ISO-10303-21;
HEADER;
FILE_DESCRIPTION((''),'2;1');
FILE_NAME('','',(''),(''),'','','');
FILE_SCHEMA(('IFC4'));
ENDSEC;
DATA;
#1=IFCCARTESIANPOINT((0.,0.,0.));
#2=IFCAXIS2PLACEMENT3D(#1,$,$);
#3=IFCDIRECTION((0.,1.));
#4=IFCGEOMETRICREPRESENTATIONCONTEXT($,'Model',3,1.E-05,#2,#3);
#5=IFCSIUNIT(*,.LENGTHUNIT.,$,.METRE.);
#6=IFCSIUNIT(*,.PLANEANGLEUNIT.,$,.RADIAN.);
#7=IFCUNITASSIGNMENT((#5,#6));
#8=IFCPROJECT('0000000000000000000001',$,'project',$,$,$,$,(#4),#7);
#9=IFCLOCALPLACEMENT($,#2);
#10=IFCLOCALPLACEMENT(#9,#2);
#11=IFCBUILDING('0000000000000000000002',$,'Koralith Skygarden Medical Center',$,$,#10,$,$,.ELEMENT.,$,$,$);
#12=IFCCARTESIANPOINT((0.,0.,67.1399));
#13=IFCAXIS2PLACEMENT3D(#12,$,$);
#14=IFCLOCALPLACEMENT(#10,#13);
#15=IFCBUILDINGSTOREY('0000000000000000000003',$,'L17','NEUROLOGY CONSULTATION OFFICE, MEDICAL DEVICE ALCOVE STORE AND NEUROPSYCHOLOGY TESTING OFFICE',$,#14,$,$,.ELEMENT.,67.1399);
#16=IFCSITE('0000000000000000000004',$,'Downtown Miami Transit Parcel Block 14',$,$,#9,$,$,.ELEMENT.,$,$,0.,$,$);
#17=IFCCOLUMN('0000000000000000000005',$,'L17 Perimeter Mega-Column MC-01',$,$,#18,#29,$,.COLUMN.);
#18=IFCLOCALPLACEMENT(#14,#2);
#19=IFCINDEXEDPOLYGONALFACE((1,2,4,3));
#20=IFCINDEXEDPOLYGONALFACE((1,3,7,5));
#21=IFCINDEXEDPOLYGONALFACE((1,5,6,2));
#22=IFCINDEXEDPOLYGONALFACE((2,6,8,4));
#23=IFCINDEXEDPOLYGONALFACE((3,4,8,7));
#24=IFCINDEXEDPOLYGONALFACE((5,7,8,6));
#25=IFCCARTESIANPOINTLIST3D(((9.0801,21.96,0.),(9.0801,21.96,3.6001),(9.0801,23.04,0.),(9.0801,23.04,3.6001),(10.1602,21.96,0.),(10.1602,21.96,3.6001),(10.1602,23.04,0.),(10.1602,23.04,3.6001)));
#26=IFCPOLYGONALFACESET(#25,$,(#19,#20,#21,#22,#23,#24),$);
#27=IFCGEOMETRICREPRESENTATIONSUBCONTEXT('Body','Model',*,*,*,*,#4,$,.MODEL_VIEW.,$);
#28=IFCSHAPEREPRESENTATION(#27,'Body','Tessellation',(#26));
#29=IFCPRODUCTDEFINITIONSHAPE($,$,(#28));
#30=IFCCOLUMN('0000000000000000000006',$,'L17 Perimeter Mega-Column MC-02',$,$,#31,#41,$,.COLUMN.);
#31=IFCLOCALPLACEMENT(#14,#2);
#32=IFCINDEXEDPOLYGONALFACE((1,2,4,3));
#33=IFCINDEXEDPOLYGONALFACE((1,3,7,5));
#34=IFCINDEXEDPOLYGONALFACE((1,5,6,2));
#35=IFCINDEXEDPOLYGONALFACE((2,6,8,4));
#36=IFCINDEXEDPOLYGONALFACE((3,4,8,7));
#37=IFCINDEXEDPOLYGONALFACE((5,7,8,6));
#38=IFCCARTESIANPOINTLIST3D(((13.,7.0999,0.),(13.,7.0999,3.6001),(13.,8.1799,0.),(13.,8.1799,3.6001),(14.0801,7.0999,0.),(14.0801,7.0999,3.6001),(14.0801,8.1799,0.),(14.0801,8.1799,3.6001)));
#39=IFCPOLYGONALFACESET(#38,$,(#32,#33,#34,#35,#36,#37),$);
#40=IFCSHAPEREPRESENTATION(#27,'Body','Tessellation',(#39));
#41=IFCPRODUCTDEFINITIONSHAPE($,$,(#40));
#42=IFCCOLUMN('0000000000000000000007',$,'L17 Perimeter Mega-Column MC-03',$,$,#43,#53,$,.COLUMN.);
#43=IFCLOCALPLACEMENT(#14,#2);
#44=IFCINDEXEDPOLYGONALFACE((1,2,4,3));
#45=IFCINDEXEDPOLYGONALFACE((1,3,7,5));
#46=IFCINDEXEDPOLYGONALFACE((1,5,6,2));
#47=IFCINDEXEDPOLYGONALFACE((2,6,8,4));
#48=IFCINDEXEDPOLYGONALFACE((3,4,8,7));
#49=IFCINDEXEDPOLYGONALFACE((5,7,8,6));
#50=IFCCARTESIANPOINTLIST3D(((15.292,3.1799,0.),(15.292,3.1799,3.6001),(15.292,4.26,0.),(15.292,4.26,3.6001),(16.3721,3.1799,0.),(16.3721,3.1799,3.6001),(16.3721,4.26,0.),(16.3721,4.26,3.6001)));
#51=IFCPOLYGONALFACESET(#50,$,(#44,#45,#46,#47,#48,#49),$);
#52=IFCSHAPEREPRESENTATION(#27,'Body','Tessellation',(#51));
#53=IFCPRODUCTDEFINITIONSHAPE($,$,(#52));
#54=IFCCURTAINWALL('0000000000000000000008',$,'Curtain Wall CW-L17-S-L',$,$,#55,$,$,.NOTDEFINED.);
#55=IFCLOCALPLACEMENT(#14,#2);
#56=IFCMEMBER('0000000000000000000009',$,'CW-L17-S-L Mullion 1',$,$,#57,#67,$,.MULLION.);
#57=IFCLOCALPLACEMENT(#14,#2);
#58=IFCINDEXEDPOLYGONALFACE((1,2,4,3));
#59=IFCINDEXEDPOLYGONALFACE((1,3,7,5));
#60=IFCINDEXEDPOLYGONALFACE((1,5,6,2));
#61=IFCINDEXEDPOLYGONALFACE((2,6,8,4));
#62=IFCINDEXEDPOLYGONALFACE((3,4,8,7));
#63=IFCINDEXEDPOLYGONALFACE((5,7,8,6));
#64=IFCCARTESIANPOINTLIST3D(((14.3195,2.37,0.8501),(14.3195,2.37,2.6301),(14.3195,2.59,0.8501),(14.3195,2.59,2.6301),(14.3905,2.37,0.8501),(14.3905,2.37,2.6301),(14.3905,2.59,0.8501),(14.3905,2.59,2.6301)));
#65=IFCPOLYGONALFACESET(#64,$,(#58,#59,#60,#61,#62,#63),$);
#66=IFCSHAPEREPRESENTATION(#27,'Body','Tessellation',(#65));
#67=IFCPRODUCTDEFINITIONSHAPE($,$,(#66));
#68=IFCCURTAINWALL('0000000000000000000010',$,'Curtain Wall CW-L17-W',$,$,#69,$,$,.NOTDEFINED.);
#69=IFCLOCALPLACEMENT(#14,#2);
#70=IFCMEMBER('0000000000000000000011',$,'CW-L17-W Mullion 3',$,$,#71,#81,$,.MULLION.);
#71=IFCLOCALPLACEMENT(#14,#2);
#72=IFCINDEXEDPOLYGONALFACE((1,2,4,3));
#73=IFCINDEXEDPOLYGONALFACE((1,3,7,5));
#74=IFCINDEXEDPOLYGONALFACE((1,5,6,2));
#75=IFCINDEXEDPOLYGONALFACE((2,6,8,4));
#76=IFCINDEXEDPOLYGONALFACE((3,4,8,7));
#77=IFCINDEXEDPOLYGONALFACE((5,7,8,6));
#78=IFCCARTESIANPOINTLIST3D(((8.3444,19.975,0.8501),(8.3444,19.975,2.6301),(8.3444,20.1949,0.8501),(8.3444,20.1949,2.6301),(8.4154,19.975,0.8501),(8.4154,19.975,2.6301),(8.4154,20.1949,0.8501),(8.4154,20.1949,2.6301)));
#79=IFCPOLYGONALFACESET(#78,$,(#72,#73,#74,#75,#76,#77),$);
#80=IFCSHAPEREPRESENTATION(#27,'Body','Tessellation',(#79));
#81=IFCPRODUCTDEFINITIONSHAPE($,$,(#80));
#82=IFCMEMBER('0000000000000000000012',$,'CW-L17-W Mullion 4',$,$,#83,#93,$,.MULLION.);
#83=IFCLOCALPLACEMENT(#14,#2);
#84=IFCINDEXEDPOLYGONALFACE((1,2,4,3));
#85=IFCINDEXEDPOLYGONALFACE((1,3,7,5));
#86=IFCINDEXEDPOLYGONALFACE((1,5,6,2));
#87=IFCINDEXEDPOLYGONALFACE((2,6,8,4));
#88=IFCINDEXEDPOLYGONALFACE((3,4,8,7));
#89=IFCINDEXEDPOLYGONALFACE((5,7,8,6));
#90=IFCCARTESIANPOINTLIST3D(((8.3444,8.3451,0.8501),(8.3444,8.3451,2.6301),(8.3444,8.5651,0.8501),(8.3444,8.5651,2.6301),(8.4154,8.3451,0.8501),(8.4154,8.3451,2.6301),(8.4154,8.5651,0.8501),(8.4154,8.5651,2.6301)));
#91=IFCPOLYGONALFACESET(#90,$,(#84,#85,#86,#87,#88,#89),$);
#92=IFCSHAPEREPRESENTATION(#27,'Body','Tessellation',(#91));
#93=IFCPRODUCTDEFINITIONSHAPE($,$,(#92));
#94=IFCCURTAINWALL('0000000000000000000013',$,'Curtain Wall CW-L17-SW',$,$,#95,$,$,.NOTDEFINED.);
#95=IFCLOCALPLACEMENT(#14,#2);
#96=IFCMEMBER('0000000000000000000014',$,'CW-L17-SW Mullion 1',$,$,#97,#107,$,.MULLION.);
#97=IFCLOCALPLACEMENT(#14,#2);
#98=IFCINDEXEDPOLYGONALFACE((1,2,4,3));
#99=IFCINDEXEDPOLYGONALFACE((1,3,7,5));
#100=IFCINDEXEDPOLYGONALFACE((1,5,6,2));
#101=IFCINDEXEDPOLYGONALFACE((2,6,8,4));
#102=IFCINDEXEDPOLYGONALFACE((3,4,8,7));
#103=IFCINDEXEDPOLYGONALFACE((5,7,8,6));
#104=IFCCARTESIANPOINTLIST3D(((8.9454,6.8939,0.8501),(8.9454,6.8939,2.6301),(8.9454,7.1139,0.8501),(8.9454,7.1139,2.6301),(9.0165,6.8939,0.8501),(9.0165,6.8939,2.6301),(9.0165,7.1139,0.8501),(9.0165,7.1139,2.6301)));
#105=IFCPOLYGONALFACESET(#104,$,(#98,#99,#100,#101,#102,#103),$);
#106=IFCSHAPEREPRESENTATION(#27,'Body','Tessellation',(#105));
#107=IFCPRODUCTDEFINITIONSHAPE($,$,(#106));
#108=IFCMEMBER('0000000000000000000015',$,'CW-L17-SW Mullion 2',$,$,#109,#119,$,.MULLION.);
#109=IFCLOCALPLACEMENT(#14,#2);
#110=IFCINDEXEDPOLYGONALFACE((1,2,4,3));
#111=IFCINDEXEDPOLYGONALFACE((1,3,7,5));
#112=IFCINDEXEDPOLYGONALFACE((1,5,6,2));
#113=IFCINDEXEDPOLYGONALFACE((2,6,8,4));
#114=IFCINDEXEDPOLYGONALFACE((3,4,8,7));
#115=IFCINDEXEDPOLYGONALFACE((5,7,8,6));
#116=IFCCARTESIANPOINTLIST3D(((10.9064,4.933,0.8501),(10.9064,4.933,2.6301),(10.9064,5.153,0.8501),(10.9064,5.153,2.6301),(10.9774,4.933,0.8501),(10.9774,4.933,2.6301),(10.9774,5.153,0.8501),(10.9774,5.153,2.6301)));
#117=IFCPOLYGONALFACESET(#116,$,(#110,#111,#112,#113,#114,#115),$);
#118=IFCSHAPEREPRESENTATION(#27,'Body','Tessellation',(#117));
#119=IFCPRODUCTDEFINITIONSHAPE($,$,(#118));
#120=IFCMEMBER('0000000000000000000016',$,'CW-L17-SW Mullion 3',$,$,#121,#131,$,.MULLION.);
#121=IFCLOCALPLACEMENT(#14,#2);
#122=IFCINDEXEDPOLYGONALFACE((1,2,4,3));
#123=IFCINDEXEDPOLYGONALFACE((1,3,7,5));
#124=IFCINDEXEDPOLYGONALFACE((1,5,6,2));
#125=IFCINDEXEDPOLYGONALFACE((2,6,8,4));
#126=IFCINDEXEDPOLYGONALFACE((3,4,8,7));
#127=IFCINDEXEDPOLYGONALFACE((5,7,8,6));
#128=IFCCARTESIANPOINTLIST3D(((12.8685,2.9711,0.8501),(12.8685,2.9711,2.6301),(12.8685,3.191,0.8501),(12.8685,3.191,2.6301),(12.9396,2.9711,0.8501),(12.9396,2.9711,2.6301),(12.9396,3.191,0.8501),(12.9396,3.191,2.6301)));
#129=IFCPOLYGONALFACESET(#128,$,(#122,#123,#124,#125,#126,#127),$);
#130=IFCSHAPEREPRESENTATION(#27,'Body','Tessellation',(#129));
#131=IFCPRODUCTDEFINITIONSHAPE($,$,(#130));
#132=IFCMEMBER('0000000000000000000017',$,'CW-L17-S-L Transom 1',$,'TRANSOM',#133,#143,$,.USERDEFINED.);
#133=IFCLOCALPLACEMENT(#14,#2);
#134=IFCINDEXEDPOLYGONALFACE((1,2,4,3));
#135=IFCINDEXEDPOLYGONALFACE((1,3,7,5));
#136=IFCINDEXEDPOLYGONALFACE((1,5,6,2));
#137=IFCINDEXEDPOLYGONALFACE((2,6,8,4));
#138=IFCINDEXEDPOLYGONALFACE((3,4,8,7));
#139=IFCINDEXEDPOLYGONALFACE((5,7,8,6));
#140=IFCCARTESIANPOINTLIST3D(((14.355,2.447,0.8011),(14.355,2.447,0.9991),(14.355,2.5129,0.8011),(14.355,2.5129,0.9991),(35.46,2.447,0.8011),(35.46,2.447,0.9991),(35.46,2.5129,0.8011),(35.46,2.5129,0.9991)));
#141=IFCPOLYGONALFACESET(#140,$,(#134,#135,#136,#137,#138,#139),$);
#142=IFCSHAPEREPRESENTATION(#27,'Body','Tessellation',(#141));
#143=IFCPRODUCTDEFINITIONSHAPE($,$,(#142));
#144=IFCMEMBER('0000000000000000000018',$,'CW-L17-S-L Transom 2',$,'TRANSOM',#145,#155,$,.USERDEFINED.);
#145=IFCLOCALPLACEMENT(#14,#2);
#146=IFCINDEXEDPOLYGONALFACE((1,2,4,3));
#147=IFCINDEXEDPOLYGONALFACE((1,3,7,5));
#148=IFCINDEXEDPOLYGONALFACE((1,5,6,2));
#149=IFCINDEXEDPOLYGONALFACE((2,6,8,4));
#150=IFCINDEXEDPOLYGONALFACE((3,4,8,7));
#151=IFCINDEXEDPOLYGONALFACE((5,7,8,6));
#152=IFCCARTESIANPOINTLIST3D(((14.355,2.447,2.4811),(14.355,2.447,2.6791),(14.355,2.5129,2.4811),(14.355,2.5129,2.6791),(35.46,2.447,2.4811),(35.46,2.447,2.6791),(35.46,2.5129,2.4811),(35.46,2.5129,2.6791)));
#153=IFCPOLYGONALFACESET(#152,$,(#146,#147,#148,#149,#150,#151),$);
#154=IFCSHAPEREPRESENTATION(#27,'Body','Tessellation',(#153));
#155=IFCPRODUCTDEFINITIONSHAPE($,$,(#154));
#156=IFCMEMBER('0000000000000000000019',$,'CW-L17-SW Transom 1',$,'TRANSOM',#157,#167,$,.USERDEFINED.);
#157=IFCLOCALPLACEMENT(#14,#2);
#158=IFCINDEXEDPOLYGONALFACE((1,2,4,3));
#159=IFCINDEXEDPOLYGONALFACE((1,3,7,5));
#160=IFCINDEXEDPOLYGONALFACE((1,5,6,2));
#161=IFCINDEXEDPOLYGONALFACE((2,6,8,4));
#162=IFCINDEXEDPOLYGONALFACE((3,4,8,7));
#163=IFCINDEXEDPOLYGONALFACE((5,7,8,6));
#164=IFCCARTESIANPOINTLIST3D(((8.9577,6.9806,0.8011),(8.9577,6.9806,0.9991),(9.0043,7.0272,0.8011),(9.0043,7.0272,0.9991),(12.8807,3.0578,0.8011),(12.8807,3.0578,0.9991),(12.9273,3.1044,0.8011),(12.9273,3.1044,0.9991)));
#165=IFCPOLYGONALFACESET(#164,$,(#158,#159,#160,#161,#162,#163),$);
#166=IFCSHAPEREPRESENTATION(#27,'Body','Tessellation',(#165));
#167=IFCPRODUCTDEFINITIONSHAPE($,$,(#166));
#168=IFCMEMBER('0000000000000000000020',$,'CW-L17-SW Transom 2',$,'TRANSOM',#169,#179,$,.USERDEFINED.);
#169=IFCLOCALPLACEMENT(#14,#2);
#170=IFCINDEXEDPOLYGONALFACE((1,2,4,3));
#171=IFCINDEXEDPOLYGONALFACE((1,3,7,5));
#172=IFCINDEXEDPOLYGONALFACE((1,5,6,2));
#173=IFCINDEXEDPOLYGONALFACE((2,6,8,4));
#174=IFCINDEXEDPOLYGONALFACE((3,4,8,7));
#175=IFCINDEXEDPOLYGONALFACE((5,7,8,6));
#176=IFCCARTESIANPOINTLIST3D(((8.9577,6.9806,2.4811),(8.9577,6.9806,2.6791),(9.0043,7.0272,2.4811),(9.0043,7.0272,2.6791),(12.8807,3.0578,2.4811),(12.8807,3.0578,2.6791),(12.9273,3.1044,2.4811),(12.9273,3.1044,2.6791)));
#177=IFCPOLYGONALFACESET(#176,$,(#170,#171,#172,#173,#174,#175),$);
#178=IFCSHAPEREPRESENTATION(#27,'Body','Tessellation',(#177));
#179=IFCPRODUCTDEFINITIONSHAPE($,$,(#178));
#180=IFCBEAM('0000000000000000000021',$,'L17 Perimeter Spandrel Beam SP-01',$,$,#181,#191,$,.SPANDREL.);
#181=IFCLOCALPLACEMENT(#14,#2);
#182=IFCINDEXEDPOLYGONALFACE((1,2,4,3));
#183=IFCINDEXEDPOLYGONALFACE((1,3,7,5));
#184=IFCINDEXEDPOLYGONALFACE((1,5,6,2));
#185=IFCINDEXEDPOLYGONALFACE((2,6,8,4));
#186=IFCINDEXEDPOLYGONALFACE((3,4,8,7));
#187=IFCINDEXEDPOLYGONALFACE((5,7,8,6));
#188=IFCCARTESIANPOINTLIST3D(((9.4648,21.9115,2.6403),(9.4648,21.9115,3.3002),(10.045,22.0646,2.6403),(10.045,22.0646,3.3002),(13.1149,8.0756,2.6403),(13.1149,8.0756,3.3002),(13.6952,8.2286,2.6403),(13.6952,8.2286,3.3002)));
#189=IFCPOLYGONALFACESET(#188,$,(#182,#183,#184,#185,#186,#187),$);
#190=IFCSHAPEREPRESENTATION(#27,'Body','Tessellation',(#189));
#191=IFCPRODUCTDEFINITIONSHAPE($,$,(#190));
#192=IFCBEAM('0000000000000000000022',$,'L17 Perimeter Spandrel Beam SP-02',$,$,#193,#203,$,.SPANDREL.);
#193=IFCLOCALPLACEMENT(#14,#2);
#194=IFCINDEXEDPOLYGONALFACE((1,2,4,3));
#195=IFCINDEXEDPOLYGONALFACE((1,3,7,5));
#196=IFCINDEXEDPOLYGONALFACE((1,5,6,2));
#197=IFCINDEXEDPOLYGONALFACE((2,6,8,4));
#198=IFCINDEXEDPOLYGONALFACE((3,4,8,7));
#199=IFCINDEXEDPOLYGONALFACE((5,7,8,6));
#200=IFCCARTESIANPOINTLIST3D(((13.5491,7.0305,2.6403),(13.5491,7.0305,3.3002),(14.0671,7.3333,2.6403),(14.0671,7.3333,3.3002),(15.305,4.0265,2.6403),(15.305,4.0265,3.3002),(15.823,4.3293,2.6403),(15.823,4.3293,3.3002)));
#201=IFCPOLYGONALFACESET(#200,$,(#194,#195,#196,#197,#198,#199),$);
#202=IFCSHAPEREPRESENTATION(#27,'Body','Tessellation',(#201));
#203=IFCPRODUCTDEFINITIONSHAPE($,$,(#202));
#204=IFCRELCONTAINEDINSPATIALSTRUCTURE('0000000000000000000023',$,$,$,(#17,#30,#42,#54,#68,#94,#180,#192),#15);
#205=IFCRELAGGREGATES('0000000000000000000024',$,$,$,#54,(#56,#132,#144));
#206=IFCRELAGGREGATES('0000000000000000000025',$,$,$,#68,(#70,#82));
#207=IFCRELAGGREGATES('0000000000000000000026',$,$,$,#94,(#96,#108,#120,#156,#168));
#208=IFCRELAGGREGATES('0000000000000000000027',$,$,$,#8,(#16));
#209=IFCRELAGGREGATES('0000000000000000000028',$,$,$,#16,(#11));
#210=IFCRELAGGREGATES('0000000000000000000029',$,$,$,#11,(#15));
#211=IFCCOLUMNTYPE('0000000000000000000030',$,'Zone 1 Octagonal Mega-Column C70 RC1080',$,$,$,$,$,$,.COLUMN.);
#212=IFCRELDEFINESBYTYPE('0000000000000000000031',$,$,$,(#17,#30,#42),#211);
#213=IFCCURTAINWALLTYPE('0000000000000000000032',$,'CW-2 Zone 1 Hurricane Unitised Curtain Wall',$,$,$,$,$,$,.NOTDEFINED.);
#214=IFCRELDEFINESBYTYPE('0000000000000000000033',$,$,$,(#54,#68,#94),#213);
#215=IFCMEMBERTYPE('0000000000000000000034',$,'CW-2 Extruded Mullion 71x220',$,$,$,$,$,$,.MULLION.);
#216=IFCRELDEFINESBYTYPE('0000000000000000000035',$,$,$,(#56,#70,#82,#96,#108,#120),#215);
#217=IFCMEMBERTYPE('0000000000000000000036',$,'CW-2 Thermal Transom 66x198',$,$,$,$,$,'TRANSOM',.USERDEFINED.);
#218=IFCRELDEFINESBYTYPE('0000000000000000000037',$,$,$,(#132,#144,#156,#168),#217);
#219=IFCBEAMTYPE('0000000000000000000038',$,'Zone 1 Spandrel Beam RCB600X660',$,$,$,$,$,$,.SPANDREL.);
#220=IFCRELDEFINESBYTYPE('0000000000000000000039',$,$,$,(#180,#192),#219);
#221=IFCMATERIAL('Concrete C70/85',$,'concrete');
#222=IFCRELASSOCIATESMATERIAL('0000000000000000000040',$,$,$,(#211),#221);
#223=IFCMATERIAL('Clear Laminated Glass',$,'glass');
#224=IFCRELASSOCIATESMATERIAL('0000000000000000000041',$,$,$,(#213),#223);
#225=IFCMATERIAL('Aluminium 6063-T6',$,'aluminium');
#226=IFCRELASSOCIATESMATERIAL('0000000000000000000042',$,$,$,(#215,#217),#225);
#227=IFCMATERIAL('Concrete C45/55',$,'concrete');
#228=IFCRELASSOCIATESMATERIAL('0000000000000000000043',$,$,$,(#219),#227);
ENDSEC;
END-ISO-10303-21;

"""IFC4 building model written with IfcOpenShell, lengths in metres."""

from ifc_helpers import new_model, si_unit, direction, frame, origin, origin_2d, place, context, subcontext, project, spatial, rectangle, extrude, material, material_profile, profile_set, type_object, element, aggregate, save


model = new_model("IFC4")

# Units and contexts
model_context = context("Model", 3, precision=1e-05, world=origin(), true_north=direction((0.0, 1.0)))
body_context = subcontext(model_context, "Body", "Model", "MODEL_VIEW")
ifc_project = project(units=[si_unit("LENGTHUNIT", "METRE"), si_unit("PLANEANGLEUNIT", "RADIAN")], contexts=[model_context])

# Site, building, storey
site_placement = place(None, origin())
site = spatial("IfcSite", under=ifc_project, at=site_placement, Name="Downtown Miami Transit Parcel Block 14", CompositionType="ELEMENT", RefElevation=0.0)
building_placement = place(site_placement, origin())
building = spatial("IfcBuilding", under=site, at=building_placement, Name="Koralith Skygarden Medical Center", CompositionType="ELEMENT")
storey_placement = place(building_placement, frame((0.0, 0.0, 67.1399)))
storey = spatial("IfcBuildingStorey", under=building, at=storey_placement, Name="L17", Description="NEUROLOGY CONSULTATION OFFICE, MEDICAL DEVICE ALCOVE STORE AND NEUROPSYCHOLOGY TESTING OFFICE", CompositionType="ELEMENT", Elevation=67.1399)

# Columns
ifc_material_1 = material(Name="Concrete C70/85", Category="concrete")
ifc_material_profile_1 = material_profile(ifc_material_1, rectangle(XDim=1.0801, YDim=1.0801, at=origin_2d()), Name="RC1080X1080")
ifc_profile_set_1 = profile_set([ifc_material_profile_1], Name="Concrete C70/85")
column_type = type_object("IfcColumnType", Name="Zone 1 Octagonal Mega-Column C70 RC1080", PredefinedType="COLUMN", material=ifc_profile_set_1)
for number, where, z_axis, x_axis, name in (
    (1, (9.6201, 22.5, 0.0), (0.0, 0.0, 1.0), (1.0, 0.0, 0.0), "L17 Perimeter Mega-Column MC-01"),
    (2, (13.54, 7.6399, 0.0), (0.0, 0.0, 1.0), (1.0, 0.0, 0.0), "L17 Perimeter Mega-Column MC-02"),
    (3, (15.832, 3.72, 0.0), (0.0, 0.0, 1.0), (1.0, 0.0, 0.0), "L17 Perimeter Mega-Column MC-03"),
):
    element("IfcColumn", number, at=place(storey_placement, frame(where, z_axis=z_axis, x_axis=x_axis)), inside=storey, type_object=column_type, Name=name, PredefinedType="COLUMN", context=body_context, shape_type="SweptSolid", body=[
        extrude(rectangle(XDim=1.0801, YDim=1.0801, at=origin_2d()), origin(), (0.0, 0.0, 1.0), 3.6001),
    ])

# Curtain wall, member
ifc_material_2 = material(Name="Clear Laminated Glass", Category="glass")
curtain_wall_type = type_object("IfcCurtainWallType", Name="CW-2 Zone 1 Hurricane Unitised Curtain Wall", PredefinedType="NOTDEFINED", material=ifc_material_2)
curtain_wall_1_placement = place(storey_placement, origin())
curtain_wall_1 = element("IfcCurtainWall", 4, at=curtain_wall_1_placement, inside=storey, type_object=curtain_wall_type, Name="Curtain Wall CW-L17-S-L", PredefinedType="NOTDEFINED")
ifc_material_3 = material(Name="Aluminium 6063-T6", Category="aluminium")
ifc_material_profile_2 = material_profile(ifc_material_3, rectangle(XDim=0.071, YDim=0.22, at=origin_2d()), Name="MUL71X220")
ifc_profile_set_2 = profile_set([ifc_material_profile_2], Name="Aluminium 6063-T6")
member_type_1 = type_object("IfcMemberType", Name="CW-2 Extruded Mullion 71x220", PredefinedType="MULLION", material=ifc_profile_set_2)
member_1_placement = place(storey_placement, frame((14.355, 2.48, 0.8501), z_axis=(0.0, 0.0, 1.0), x_axis=(1.0, 0.0, 0.0)))
member_1 = element("IfcMember", 5, at=member_1_placement, type_object=member_type_1, Name="CW-L17-S-L Mullion 1", PredefinedType="MULLION", context=body_context, shape_type="SweptSolid", body=[
    extrude(rectangle(XDim=0.071, YDim=0.22, at=origin_2d()), origin(), (0.0, 0.0, 1.0), 1.78),
])

# Curtain walls, members
curtain_wall_2_placement = place(storey_placement, origin())
curtain_wall_2 = element("IfcCurtainWall", 6, at=curtain_wall_2_placement, inside=storey, type_object=curtain_wall_type, Name="Curtain Wall CW-L17-W", PredefinedType="NOTDEFINED")
member_2_placement = place(storey_placement, frame((8.3799, 20.085, 0.8501), z_axis=(0.0, 0.0, 1.0), x_axis=(1.0, 0.0, 0.0)))
member_2 = element("IfcMember", 7, at=member_2_placement, type_object=member_type_1, Name="CW-L17-W Mullion 3", PredefinedType="MULLION", context=body_context, shape_type="SweptSolid", body=[
    extrude(rectangle(XDim=0.071, YDim=0.22, at=origin_2d()), origin(), (0.0, 0.0, 1.0), 1.78),
])
member_3_placement = place(storey_placement, frame((8.3799, 8.4551, 0.8501), z_axis=(0.0, 0.0, 1.0), x_axis=(1.0, 0.0, 0.0)))
member_3 = element("IfcMember", 8, at=member_3_placement, type_object=member_type_1, Name="CW-L17-W Mullion 4", PredefinedType="MULLION", context=body_context, shape_type="SweptSolid", body=[
    extrude(rectangle(XDim=0.071, YDim=0.22, at=origin_2d()), origin(), (0.0, 0.0, 1.0), 1.78),
])
curtain_wall_3_placement = place(storey_placement, origin())
curtain_wall_3 = element("IfcCurtainWall", 9, at=curtain_wall_3_placement, inside=storey, type_object=curtain_wall_type, Name="Curtain Wall CW-L17-SW", PredefinedType="NOTDEFINED")
member_4_placement = place(storey_placement, frame((8.981, 7.0039, 0.8501), z_axis=(0.0, 0.0, 1.0), x_axis=(1.0, 0.0, 0.0)))
member_4 = element("IfcMember", 10, at=member_4_placement, type_object=member_type_1, Name="CW-L17-SW Mullion 1", PredefinedType="MULLION", context=body_context, shape_type="SweptSolid", body=[
    extrude(rectangle(XDim=0.071, YDim=0.22, at=origin_2d()), origin(), (0.0, 0.0, 1.0), 1.78),
])
member_5_placement = place(storey_placement, frame((10.9419, 5.043, 0.8501), z_axis=(0.0, 0.0, 1.0), x_axis=(1.0, 0.0, 0.0)))
member_5 = element("IfcMember", 11, at=member_5_placement, type_object=member_type_1, Name="CW-L17-SW Mullion 2", PredefinedType="MULLION", context=body_context, shape_type="SweptSolid", body=[
    extrude(rectangle(XDim=0.071, YDim=0.22, at=origin_2d()), origin(), (0.0, 0.0, 1.0), 1.78),
])
member_6_placement = place(storey_placement, frame((12.9041, 3.0811, 0.8501), z_axis=(0.0, 0.0, 1.0), x_axis=(1.0, 0.0, 0.0)))
member_6 = element("IfcMember", 12, at=member_6_placement, type_object=member_type_1, Name="CW-L17-SW Mullion 3", PredefinedType="MULLION", context=body_context, shape_type="SweptSolid", body=[
    extrude(rectangle(XDim=0.071, YDim=0.22, at=origin_2d()), origin(), (0.0, 0.0, 1.0), 1.78),
])

# Members
ifc_material_profile_3 = material_profile(ifc_material_3, rectangle(XDim=0.0659, YDim=0.198, at=origin_2d()), Name="TRN66X198")
ifc_profile_set_3 = profile_set([ifc_material_profile_3], Name="Aluminium 6063-T6")
member_type_2 = type_object("IfcMemberType", Name="CW-2 Thermal Transom 66x198", ElementType="TRANSOM", PredefinedType="USERDEFINED", material=ifc_profile_set_3)
member_7_placement = place(storey_placement, frame((14.355, 2.48, 0.9001), z_axis=(1.0, 0.0, 0.0), x_axis=(0.0, 1.0, 0.0)))
member_7 = element("IfcMember", 13, at=member_7_placement, type_object=member_type_2, Name="CW-L17-S-L Transom 1", ObjectType="TRANSOM", PredefinedType="USERDEFINED", context=body_context, shape_type="SweptSolid", body=[
    extrude(rectangle(XDim=0.0659, YDim=0.198, at=origin_2d()), origin(), (0.0, 0.0, 1.0), 21.105),
])
member_8_placement = place(storey_placement, frame((14.355, 2.48, 2.5801), z_axis=(1.0, 0.0, 0.0), x_axis=(0.0, 1.0, 0.0)))
member_8 = element("IfcMember", 14, at=member_8_placement, type_object=member_type_2, Name="CW-L17-S-L Transom 2", ObjectType="TRANSOM", PredefinedType="USERDEFINED", context=body_context, shape_type="SweptSolid", body=[
    extrude(rectangle(XDim=0.0659, YDim=0.198, at=origin_2d()), origin(), (0.0, 0.0, 1.0), 21.105),
])
aggregate(curtain_wall_1, [member_1, member_7, member_8])
member_9_placement = place(storey_placement, frame((8.981, 7.0039, 0.9001), z_axis=(0.707129, -0.707085, 0.0), x_axis=(0.707085, 0.707129, 0.0)))
member_9 = element("IfcMember", 15, at=member_9_placement, type_object=member_type_2, Name="CW-L17-SW Transom 1", ObjectType="TRANSOM", PredefinedType="USERDEFINED", context=body_context, shape_type="SweptSolid", body=[
    extrude(rectangle(XDim=0.0659, YDim=0.198, at=origin_2d()), origin(), (0.0, 0.0, 1.0), 5.5479),
])
member_10_placement = place(storey_placement, frame((8.981, 7.0039, 2.5801), z_axis=(0.707129, -0.707085, 0.0), x_axis=(0.707085, 0.707129, 0.0)))
member_10 = element("IfcMember", 16, at=member_10_placement, type_object=member_type_2, Name="CW-L17-SW Transom 2", ObjectType="TRANSOM", PredefinedType="USERDEFINED", context=body_context, shape_type="SweptSolid", body=[
    extrude(rectangle(XDim=0.0659, YDim=0.198, at=origin_2d()), origin(), (0.0, 0.0, 1.0), 5.5479),
])

# Beams
ifc_material_4 = material(Name="Concrete C45/55", Category="concrete")
ifc_material_profile_4 = material_profile(ifc_material_4, rectangle(XDim=0.6001, YDim=0.6599, at=origin_2d()), Name="RCB600X660")
ifc_profile_set_4 = profile_set([ifc_material_profile_4], Name="Concrete C45/55")
beam_type = type_object("IfcBeamType", Name="Zone 1 Spandrel Beam RCB600X660", PredefinedType="SPANDREL", material=ifc_profile_set_4)
beam_1_placement = place(storey_placement, frame((9.7549, 21.988, 2.9702), z_axis=(0.255089, -0.966918, 0.0), x_axis=(0.966918, 0.255089, 0.0)))
element("IfcBeam", 17, at=beam_1_placement, inside=storey, type_object=beam_type, Name="L17 Perimeter Spandrel Beam SP-01", PredefinedType="SPANDREL", context=body_context, shape_type="SweptSolid", body=[
    extrude(rectangle(XDim=0.6001, YDim=0.6599, at=origin_2d()), origin(), (0.0, 0.0, 1.0), 14.3093),
])
beam_2_placement = place(storey_placement, frame((13.8081, 7.1819, 2.9702), z_axis=(0.504639, -0.863331, 0.0), x_axis=(0.863331, 0.504639, 0.0)))
element("IfcBeam", 18, at=beam_2_placement, inside=storey, type_object=beam_type, Name="L17 Perimeter Spandrel Beam SP-02", PredefinedType="SPANDREL", context=body_context, shape_type="SweptSolid", body=[
    extrude(rectangle(XDim=0.6001, YDim=0.6599, at=origin_2d()), origin(), (0.0, 0.0, 1.0), 3.4795),
])

aggregate(curtain_wall_2, [member_2, member_3])
aggregate(curtain_wall_3, [member_4, member_5, member_6, member_9, member_10])

save(model, "model.ifc")
